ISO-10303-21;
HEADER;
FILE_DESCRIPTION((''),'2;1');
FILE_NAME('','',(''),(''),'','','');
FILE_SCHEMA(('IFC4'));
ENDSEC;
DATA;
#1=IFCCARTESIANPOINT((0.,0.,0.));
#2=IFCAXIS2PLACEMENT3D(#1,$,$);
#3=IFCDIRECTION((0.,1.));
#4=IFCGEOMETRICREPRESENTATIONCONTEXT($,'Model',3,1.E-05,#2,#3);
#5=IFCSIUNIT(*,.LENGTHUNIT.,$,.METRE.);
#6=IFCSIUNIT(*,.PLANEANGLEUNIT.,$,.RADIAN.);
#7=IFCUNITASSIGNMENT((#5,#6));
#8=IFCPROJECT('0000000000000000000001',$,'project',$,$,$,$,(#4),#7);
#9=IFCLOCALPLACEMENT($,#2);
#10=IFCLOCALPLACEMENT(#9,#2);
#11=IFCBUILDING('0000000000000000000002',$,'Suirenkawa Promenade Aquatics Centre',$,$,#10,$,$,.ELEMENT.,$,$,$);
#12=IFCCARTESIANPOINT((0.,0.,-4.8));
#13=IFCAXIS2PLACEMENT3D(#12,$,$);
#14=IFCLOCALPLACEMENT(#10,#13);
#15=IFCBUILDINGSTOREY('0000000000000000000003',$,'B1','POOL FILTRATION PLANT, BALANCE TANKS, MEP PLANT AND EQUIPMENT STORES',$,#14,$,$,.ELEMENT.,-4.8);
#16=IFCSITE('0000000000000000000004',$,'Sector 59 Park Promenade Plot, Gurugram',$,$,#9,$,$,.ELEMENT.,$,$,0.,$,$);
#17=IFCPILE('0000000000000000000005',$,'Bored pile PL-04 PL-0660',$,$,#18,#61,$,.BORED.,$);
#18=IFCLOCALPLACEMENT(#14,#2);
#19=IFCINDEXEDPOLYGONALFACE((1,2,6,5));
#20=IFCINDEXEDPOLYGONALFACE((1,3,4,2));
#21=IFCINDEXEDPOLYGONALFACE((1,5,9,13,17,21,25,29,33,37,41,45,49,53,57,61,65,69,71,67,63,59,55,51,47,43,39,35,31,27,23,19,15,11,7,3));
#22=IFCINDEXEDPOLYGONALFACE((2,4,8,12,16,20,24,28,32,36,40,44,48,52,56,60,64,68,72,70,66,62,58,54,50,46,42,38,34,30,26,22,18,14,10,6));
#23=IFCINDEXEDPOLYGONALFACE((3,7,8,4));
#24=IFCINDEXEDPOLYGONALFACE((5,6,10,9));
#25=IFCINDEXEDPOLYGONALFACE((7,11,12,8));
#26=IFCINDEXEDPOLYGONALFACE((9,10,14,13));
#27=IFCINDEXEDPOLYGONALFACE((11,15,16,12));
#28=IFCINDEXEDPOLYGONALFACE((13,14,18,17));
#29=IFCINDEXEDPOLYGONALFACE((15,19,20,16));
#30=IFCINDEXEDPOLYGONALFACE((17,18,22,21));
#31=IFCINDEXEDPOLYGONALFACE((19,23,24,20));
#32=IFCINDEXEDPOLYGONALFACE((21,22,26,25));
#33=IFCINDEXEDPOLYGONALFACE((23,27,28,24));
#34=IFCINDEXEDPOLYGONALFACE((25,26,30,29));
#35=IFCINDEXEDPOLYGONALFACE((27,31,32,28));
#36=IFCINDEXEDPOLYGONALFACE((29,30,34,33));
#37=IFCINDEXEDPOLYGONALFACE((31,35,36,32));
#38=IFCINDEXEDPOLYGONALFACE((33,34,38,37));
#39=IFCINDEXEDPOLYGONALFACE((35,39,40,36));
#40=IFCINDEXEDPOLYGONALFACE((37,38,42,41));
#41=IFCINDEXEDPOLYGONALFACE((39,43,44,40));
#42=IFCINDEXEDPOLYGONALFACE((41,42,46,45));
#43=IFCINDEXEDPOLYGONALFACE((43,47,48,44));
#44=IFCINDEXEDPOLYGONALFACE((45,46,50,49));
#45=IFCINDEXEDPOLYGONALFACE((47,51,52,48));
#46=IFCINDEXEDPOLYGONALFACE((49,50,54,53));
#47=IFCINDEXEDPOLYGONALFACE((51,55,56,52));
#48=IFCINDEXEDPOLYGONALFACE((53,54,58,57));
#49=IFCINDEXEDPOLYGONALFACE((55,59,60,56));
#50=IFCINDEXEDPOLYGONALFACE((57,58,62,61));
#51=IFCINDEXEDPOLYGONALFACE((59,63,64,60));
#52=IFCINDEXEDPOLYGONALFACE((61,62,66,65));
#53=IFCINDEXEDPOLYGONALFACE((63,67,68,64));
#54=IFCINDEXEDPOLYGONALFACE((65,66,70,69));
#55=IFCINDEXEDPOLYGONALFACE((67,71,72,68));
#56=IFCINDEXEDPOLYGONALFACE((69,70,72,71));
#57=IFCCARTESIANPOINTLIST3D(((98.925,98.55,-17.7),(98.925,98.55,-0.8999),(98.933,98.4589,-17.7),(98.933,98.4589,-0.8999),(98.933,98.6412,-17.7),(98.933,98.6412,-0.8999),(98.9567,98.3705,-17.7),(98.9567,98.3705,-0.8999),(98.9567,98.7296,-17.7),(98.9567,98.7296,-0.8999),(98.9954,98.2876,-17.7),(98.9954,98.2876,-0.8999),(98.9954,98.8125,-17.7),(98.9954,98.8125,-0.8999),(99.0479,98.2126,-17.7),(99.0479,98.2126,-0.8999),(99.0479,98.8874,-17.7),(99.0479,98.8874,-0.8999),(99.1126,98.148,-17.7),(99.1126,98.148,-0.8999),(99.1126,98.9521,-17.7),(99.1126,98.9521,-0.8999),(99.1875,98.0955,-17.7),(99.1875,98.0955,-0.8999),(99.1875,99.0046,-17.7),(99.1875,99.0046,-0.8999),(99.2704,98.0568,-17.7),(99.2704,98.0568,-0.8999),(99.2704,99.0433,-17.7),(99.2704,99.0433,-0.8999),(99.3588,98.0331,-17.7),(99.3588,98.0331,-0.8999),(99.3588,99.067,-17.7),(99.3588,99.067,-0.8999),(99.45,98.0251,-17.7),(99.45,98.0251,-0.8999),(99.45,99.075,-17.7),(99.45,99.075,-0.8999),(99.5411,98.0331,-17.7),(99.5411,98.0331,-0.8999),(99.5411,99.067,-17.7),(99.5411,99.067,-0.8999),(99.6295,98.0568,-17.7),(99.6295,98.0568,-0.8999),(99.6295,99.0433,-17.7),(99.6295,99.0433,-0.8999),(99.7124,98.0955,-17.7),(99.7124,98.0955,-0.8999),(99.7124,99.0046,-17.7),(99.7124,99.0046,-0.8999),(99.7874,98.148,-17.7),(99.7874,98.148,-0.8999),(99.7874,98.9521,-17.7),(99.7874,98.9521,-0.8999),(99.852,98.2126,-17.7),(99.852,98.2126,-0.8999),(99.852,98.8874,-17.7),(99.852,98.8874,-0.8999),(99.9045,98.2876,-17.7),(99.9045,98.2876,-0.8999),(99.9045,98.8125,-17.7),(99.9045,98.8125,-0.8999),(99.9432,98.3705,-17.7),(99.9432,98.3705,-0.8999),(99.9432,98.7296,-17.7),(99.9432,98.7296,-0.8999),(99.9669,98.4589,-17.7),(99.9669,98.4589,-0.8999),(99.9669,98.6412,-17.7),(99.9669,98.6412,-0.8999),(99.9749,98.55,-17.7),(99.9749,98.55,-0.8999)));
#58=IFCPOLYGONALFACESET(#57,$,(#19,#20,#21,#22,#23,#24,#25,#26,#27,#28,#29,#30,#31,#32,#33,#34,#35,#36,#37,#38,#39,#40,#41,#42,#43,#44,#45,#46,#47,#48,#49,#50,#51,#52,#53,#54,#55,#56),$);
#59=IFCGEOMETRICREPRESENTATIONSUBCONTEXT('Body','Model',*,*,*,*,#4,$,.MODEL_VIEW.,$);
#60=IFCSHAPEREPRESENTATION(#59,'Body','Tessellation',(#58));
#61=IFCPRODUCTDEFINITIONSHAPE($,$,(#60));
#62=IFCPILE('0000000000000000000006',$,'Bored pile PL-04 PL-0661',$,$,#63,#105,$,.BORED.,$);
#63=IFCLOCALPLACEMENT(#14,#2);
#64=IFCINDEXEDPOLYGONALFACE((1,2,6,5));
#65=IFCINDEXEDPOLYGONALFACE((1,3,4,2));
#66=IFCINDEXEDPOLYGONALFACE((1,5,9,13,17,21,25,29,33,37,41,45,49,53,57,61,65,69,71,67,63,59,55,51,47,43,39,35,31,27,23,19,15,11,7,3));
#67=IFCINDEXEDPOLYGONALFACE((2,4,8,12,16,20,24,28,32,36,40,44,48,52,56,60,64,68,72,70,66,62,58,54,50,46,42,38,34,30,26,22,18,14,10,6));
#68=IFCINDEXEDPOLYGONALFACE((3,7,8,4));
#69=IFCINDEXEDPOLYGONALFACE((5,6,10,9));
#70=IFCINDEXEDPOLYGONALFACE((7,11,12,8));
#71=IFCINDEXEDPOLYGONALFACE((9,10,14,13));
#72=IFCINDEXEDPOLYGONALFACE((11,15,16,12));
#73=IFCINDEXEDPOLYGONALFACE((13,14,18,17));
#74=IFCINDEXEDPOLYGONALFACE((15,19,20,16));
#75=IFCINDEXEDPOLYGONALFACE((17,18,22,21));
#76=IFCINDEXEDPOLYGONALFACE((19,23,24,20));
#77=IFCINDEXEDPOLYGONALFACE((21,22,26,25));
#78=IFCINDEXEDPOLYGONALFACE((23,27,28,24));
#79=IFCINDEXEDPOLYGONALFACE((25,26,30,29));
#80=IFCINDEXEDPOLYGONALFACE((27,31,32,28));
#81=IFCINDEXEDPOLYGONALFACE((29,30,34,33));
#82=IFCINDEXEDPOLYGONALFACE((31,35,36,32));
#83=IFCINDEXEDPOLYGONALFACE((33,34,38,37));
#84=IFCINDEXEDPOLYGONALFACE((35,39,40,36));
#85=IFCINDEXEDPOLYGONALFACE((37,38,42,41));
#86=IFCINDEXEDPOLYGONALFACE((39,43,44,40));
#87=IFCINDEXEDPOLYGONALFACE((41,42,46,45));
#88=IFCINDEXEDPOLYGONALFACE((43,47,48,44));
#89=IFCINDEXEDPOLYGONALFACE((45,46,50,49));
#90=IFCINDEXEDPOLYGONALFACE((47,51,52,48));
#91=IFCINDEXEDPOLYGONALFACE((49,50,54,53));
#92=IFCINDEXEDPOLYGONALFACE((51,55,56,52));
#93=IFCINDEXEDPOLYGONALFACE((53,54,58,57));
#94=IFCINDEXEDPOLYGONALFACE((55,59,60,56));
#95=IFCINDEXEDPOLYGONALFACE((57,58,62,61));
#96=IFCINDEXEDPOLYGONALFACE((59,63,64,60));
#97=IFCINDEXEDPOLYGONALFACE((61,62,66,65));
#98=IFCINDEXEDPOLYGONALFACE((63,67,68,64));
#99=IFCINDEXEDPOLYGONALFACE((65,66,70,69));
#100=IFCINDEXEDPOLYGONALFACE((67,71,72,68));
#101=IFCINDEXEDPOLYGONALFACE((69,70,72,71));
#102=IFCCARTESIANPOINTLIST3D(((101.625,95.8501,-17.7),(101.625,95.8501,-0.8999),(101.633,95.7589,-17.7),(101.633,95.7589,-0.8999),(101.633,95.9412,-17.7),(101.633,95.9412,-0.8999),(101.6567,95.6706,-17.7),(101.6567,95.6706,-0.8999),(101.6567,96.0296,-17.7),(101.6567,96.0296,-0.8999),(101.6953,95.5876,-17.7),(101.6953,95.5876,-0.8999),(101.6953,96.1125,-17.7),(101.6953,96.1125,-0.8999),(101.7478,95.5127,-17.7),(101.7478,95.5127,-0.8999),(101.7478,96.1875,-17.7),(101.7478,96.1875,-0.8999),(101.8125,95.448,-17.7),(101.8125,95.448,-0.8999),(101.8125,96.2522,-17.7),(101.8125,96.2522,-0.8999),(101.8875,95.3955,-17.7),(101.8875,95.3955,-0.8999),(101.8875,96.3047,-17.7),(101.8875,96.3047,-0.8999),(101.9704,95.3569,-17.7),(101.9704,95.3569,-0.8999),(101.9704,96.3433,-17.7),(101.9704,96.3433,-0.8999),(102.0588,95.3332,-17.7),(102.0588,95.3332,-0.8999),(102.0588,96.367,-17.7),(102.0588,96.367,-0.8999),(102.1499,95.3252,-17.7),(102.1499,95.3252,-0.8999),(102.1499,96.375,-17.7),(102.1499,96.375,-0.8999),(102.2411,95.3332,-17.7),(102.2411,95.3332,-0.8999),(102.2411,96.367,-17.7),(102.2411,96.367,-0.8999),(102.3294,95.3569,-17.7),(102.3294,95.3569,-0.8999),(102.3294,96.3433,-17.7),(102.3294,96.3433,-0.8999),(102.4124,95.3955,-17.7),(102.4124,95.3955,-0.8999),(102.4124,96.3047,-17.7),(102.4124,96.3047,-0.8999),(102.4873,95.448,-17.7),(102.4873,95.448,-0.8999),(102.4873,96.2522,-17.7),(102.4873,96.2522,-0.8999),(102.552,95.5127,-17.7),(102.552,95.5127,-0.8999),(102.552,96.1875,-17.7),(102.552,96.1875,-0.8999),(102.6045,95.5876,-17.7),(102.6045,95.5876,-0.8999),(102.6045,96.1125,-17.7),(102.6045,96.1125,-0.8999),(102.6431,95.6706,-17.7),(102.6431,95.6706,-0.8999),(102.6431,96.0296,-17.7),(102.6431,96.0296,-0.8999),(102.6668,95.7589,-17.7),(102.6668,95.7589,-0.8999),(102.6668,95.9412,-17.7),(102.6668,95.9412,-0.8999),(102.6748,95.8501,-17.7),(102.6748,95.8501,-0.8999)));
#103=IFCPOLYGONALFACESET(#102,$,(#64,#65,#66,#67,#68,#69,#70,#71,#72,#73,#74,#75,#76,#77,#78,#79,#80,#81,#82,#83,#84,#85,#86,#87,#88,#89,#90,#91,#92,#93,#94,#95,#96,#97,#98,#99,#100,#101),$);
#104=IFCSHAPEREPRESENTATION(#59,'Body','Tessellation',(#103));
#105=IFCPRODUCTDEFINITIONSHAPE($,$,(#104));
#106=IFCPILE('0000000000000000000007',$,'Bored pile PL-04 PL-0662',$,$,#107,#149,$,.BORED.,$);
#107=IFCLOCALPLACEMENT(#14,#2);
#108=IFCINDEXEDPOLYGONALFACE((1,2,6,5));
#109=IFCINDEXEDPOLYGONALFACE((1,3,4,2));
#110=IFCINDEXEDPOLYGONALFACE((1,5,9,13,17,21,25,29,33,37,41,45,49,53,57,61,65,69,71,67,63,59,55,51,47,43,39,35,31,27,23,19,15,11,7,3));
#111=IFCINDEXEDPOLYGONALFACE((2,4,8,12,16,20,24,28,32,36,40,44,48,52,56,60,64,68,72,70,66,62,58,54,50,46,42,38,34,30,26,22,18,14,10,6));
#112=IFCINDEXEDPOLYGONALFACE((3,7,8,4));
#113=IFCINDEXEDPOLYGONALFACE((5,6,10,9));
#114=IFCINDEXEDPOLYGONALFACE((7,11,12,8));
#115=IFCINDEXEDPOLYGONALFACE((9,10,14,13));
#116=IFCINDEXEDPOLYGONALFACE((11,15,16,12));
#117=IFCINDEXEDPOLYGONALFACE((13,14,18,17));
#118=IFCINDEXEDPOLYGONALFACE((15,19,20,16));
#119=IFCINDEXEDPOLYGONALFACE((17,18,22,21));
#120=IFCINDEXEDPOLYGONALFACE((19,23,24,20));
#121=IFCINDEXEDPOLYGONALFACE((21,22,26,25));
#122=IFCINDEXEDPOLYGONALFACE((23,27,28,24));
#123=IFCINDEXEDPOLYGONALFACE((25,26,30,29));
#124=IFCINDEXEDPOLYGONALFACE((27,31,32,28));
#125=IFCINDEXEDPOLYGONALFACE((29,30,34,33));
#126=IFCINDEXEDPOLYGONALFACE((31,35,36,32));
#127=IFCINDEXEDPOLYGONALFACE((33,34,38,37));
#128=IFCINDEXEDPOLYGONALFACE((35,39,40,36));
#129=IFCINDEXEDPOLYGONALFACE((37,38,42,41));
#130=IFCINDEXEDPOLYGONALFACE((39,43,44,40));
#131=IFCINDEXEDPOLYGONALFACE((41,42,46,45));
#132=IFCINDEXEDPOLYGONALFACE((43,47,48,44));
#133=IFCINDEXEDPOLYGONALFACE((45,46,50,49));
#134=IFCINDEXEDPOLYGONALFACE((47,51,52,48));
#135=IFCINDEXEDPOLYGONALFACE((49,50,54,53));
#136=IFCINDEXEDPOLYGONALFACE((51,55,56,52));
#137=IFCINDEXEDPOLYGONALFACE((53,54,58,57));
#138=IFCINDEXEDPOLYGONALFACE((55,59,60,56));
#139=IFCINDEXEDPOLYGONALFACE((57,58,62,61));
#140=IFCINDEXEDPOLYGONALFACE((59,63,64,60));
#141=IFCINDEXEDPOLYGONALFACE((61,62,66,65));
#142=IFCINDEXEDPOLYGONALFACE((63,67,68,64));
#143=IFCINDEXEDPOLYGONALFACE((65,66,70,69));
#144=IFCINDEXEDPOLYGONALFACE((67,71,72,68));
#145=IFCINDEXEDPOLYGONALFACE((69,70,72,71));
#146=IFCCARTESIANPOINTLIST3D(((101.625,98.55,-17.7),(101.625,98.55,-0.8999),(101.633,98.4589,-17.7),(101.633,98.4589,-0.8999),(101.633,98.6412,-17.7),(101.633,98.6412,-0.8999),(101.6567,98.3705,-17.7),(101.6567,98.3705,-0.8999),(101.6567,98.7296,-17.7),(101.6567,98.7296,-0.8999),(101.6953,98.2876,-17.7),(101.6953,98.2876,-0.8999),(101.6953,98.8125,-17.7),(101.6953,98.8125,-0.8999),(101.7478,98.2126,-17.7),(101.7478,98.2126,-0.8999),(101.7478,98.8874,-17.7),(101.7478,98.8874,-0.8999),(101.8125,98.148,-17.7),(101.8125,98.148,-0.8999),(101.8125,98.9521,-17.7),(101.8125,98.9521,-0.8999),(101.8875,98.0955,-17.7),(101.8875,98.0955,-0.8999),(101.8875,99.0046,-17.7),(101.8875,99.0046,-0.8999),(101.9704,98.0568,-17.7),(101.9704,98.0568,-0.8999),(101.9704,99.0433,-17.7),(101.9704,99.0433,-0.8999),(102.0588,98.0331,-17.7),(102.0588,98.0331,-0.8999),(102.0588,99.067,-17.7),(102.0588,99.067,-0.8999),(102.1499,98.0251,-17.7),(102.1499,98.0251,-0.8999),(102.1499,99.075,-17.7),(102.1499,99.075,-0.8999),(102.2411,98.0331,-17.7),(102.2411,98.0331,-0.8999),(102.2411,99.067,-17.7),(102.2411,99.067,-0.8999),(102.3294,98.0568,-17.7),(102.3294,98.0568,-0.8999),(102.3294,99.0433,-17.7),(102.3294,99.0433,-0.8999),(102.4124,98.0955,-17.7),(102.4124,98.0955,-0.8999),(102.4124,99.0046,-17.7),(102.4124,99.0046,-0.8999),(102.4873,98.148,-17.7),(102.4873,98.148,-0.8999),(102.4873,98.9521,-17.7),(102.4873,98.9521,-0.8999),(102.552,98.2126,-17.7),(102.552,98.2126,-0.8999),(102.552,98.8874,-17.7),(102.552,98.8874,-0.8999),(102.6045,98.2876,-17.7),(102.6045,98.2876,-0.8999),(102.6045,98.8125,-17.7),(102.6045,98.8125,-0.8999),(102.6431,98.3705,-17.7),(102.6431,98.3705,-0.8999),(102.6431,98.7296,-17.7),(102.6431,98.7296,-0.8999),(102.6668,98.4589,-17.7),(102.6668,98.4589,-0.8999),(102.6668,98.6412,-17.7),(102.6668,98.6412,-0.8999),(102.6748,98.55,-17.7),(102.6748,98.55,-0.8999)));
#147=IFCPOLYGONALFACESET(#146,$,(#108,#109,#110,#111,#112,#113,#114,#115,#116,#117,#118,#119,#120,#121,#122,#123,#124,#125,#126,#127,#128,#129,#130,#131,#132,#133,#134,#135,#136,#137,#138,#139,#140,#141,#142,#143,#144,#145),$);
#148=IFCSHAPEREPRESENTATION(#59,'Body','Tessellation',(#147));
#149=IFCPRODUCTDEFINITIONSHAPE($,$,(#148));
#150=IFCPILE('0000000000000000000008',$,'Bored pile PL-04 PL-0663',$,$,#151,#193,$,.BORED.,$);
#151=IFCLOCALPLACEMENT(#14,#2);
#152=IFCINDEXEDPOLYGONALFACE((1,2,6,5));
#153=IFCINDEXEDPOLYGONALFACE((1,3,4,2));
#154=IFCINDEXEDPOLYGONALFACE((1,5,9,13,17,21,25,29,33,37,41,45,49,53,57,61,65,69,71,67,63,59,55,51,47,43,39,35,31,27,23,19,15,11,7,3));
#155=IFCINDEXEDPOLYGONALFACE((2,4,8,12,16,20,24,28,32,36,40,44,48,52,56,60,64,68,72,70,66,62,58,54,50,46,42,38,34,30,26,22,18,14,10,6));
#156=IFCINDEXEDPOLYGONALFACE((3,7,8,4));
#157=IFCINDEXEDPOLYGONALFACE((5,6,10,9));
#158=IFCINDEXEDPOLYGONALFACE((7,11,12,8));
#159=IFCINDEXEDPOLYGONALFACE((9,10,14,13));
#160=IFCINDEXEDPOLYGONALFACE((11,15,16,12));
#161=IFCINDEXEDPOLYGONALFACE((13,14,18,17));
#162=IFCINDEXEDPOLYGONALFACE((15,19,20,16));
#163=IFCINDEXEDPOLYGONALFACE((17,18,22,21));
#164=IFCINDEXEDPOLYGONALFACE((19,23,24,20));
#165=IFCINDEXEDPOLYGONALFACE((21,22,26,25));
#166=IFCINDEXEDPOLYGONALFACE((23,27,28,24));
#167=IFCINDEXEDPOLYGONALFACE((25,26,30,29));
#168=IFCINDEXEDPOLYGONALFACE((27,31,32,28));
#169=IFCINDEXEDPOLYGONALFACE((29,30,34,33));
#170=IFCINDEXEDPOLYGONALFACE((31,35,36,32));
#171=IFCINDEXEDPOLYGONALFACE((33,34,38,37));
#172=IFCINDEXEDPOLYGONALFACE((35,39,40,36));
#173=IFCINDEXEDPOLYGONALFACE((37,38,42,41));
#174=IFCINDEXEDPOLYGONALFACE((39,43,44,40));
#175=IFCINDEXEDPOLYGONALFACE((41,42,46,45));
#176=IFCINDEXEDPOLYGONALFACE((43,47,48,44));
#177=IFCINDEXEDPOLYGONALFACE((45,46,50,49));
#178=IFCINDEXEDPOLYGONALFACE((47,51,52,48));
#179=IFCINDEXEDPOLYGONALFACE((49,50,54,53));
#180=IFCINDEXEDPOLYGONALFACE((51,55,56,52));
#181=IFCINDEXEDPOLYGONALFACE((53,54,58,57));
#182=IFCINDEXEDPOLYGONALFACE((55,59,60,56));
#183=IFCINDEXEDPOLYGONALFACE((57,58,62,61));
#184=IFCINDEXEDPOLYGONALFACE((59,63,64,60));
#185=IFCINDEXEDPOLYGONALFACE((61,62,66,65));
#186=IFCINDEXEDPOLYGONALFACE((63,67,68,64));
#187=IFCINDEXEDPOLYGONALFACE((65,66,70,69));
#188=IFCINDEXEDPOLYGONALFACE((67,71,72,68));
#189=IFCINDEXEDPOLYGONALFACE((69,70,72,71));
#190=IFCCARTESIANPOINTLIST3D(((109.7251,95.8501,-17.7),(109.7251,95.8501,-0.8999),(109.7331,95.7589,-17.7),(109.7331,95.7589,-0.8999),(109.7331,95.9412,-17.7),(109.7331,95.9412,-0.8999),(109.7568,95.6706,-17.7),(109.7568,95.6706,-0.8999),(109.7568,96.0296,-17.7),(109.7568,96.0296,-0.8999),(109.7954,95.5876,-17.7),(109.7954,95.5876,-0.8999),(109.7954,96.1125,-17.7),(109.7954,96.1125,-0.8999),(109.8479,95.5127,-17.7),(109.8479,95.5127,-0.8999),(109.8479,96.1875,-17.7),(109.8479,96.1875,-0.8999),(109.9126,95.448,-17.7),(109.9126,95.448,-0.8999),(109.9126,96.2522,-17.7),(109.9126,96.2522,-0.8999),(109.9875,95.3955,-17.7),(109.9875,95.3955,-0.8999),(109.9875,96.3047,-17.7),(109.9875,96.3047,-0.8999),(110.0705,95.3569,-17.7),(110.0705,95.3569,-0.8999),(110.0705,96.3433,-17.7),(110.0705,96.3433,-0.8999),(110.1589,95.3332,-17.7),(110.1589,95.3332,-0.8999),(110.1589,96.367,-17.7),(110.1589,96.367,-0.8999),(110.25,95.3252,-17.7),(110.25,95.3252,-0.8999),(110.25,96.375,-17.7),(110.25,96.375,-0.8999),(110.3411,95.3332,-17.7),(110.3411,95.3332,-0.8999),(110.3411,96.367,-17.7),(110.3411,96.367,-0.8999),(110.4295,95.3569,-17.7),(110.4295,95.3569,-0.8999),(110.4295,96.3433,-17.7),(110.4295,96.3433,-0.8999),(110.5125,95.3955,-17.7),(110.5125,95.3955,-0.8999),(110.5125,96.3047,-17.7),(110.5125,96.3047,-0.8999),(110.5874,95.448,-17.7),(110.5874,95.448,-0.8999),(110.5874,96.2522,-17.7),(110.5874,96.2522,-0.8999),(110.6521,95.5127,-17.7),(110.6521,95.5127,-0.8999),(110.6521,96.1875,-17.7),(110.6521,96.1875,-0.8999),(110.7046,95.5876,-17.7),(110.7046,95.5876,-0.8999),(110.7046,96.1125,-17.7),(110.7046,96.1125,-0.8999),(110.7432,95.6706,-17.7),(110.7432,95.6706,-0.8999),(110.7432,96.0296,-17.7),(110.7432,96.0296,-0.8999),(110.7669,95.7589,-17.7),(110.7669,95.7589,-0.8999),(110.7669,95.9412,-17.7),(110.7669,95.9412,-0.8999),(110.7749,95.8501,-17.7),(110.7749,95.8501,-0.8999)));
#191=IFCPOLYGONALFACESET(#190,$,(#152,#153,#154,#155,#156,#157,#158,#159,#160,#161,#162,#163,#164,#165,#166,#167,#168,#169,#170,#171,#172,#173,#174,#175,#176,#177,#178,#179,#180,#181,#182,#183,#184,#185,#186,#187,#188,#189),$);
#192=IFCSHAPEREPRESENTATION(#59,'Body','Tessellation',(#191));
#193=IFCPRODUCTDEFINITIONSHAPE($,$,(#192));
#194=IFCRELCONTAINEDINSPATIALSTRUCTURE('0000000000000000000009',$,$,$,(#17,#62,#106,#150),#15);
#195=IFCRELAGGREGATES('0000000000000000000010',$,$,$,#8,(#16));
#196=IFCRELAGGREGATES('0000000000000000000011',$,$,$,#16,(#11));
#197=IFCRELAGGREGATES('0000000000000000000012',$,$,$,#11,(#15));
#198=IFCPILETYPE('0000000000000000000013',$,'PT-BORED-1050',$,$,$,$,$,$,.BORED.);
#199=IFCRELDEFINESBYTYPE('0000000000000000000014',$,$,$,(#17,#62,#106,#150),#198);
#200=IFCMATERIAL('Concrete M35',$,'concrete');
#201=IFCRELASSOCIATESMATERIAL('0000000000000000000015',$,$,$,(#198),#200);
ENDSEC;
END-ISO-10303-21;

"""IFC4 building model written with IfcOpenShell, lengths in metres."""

from ifc_helpers import new_model, si_unit, direction, frame, origin, origin_2d, place, context, subcontext, project, spatial, circle, extrude, material, material_profile, profile_set, type_object, element, save


model = new_model("IFC4")

# Units and contexts
model_context = context("Model", 3, precision=1e-05, world=origin(), true_north=direction((0.0, 1.0)))
body_context = subcontext(model_context, "Body", "Model", "MODEL_VIEW")
ifc_project = project(units=[si_unit("LENGTHUNIT", "METRE"), si_unit("PLANEANGLEUNIT", "RADIAN")], contexts=[model_context])

# Site, building, storey
site_placement = place(None, origin())
site = spatial("IfcSite", under=ifc_project, at=site_placement, Name="Sector 59 Park Promenade Plot, Gurugram", CompositionType="ELEMENT", RefElevation=0.0)
building_placement = place(site_placement, origin())
building = spatial("IfcBuilding", under=site, at=building_placement, Name="Suirenkawa Promenade Aquatics Centre", CompositionType="ELEMENT")
storey_placement = place(building_placement, frame((0.0, 0.0, -4.8)))
storey = spatial("IfcBuildingStorey", under=building, at=storey_placement, Name="B1", Description="POOL FILTRATION PLANT, BALANCE TANKS, MEP PLANT AND EQUIPMENT STORES", CompositionType="ELEMENT", Elevation=-4.8)

# Shared definitions
ifc_material_1 = material(Name="Concrete M35", Category="concrete")

# Piles
ifc_material_profile_1 = material_profile(ifc_material_1, circle(Radius=0.5249, at=origin_2d()), Name="PILE D1050", Category="concrete")
ifc_profile_set_1 = profile_set([ifc_material_profile_1], Name="Concrete M35")
pile_type_1 = type_object("IfcPileType", Name="PT-BORED-1050", PredefinedType="BORED", material=ifc_profile_set_1)
for number, where, z_axis, x_axis, name in (
    (1, (99.45, 98.55, -0.8999), (0.0, 0.0, -1.0), (1.0, 0.0, 0.0), "Bored pile PL-04 PL-0660"),
    (2, (102.1499, 95.8501, -0.8999), (0.0, 0.0, -1.0), (1.0, 0.0, 0.0), "Bored pile PL-04 PL-0661"),
    (3, (102.1499, 98.55, -0.8999), (0.0, 0.0, -1.0), (1.0, 0.0, 0.0), "Bored pile PL-04 PL-0662"),
    (4, (110.25, 95.8501, -0.8999), (0.0, 0.0, -1.0), (1.0, 0.0, 0.0), "Bored pile PL-04 PL-0663"),
):
    element("IfcPile", number, at=place(storey_placement, frame(where, z_axis=z_axis, x_axis=x_axis)), inside=storey, type_object=pile_type_1, Name=name, PredefinedType="BORED", context=body_context, shape_type="SweptSolid", body=[
        extrude(circle(Radius=0.5249, at=origin_2d()), origin(), (0.0, 0.0, 1.0), 16.8),
    ])

save(model, "model.ifc")
